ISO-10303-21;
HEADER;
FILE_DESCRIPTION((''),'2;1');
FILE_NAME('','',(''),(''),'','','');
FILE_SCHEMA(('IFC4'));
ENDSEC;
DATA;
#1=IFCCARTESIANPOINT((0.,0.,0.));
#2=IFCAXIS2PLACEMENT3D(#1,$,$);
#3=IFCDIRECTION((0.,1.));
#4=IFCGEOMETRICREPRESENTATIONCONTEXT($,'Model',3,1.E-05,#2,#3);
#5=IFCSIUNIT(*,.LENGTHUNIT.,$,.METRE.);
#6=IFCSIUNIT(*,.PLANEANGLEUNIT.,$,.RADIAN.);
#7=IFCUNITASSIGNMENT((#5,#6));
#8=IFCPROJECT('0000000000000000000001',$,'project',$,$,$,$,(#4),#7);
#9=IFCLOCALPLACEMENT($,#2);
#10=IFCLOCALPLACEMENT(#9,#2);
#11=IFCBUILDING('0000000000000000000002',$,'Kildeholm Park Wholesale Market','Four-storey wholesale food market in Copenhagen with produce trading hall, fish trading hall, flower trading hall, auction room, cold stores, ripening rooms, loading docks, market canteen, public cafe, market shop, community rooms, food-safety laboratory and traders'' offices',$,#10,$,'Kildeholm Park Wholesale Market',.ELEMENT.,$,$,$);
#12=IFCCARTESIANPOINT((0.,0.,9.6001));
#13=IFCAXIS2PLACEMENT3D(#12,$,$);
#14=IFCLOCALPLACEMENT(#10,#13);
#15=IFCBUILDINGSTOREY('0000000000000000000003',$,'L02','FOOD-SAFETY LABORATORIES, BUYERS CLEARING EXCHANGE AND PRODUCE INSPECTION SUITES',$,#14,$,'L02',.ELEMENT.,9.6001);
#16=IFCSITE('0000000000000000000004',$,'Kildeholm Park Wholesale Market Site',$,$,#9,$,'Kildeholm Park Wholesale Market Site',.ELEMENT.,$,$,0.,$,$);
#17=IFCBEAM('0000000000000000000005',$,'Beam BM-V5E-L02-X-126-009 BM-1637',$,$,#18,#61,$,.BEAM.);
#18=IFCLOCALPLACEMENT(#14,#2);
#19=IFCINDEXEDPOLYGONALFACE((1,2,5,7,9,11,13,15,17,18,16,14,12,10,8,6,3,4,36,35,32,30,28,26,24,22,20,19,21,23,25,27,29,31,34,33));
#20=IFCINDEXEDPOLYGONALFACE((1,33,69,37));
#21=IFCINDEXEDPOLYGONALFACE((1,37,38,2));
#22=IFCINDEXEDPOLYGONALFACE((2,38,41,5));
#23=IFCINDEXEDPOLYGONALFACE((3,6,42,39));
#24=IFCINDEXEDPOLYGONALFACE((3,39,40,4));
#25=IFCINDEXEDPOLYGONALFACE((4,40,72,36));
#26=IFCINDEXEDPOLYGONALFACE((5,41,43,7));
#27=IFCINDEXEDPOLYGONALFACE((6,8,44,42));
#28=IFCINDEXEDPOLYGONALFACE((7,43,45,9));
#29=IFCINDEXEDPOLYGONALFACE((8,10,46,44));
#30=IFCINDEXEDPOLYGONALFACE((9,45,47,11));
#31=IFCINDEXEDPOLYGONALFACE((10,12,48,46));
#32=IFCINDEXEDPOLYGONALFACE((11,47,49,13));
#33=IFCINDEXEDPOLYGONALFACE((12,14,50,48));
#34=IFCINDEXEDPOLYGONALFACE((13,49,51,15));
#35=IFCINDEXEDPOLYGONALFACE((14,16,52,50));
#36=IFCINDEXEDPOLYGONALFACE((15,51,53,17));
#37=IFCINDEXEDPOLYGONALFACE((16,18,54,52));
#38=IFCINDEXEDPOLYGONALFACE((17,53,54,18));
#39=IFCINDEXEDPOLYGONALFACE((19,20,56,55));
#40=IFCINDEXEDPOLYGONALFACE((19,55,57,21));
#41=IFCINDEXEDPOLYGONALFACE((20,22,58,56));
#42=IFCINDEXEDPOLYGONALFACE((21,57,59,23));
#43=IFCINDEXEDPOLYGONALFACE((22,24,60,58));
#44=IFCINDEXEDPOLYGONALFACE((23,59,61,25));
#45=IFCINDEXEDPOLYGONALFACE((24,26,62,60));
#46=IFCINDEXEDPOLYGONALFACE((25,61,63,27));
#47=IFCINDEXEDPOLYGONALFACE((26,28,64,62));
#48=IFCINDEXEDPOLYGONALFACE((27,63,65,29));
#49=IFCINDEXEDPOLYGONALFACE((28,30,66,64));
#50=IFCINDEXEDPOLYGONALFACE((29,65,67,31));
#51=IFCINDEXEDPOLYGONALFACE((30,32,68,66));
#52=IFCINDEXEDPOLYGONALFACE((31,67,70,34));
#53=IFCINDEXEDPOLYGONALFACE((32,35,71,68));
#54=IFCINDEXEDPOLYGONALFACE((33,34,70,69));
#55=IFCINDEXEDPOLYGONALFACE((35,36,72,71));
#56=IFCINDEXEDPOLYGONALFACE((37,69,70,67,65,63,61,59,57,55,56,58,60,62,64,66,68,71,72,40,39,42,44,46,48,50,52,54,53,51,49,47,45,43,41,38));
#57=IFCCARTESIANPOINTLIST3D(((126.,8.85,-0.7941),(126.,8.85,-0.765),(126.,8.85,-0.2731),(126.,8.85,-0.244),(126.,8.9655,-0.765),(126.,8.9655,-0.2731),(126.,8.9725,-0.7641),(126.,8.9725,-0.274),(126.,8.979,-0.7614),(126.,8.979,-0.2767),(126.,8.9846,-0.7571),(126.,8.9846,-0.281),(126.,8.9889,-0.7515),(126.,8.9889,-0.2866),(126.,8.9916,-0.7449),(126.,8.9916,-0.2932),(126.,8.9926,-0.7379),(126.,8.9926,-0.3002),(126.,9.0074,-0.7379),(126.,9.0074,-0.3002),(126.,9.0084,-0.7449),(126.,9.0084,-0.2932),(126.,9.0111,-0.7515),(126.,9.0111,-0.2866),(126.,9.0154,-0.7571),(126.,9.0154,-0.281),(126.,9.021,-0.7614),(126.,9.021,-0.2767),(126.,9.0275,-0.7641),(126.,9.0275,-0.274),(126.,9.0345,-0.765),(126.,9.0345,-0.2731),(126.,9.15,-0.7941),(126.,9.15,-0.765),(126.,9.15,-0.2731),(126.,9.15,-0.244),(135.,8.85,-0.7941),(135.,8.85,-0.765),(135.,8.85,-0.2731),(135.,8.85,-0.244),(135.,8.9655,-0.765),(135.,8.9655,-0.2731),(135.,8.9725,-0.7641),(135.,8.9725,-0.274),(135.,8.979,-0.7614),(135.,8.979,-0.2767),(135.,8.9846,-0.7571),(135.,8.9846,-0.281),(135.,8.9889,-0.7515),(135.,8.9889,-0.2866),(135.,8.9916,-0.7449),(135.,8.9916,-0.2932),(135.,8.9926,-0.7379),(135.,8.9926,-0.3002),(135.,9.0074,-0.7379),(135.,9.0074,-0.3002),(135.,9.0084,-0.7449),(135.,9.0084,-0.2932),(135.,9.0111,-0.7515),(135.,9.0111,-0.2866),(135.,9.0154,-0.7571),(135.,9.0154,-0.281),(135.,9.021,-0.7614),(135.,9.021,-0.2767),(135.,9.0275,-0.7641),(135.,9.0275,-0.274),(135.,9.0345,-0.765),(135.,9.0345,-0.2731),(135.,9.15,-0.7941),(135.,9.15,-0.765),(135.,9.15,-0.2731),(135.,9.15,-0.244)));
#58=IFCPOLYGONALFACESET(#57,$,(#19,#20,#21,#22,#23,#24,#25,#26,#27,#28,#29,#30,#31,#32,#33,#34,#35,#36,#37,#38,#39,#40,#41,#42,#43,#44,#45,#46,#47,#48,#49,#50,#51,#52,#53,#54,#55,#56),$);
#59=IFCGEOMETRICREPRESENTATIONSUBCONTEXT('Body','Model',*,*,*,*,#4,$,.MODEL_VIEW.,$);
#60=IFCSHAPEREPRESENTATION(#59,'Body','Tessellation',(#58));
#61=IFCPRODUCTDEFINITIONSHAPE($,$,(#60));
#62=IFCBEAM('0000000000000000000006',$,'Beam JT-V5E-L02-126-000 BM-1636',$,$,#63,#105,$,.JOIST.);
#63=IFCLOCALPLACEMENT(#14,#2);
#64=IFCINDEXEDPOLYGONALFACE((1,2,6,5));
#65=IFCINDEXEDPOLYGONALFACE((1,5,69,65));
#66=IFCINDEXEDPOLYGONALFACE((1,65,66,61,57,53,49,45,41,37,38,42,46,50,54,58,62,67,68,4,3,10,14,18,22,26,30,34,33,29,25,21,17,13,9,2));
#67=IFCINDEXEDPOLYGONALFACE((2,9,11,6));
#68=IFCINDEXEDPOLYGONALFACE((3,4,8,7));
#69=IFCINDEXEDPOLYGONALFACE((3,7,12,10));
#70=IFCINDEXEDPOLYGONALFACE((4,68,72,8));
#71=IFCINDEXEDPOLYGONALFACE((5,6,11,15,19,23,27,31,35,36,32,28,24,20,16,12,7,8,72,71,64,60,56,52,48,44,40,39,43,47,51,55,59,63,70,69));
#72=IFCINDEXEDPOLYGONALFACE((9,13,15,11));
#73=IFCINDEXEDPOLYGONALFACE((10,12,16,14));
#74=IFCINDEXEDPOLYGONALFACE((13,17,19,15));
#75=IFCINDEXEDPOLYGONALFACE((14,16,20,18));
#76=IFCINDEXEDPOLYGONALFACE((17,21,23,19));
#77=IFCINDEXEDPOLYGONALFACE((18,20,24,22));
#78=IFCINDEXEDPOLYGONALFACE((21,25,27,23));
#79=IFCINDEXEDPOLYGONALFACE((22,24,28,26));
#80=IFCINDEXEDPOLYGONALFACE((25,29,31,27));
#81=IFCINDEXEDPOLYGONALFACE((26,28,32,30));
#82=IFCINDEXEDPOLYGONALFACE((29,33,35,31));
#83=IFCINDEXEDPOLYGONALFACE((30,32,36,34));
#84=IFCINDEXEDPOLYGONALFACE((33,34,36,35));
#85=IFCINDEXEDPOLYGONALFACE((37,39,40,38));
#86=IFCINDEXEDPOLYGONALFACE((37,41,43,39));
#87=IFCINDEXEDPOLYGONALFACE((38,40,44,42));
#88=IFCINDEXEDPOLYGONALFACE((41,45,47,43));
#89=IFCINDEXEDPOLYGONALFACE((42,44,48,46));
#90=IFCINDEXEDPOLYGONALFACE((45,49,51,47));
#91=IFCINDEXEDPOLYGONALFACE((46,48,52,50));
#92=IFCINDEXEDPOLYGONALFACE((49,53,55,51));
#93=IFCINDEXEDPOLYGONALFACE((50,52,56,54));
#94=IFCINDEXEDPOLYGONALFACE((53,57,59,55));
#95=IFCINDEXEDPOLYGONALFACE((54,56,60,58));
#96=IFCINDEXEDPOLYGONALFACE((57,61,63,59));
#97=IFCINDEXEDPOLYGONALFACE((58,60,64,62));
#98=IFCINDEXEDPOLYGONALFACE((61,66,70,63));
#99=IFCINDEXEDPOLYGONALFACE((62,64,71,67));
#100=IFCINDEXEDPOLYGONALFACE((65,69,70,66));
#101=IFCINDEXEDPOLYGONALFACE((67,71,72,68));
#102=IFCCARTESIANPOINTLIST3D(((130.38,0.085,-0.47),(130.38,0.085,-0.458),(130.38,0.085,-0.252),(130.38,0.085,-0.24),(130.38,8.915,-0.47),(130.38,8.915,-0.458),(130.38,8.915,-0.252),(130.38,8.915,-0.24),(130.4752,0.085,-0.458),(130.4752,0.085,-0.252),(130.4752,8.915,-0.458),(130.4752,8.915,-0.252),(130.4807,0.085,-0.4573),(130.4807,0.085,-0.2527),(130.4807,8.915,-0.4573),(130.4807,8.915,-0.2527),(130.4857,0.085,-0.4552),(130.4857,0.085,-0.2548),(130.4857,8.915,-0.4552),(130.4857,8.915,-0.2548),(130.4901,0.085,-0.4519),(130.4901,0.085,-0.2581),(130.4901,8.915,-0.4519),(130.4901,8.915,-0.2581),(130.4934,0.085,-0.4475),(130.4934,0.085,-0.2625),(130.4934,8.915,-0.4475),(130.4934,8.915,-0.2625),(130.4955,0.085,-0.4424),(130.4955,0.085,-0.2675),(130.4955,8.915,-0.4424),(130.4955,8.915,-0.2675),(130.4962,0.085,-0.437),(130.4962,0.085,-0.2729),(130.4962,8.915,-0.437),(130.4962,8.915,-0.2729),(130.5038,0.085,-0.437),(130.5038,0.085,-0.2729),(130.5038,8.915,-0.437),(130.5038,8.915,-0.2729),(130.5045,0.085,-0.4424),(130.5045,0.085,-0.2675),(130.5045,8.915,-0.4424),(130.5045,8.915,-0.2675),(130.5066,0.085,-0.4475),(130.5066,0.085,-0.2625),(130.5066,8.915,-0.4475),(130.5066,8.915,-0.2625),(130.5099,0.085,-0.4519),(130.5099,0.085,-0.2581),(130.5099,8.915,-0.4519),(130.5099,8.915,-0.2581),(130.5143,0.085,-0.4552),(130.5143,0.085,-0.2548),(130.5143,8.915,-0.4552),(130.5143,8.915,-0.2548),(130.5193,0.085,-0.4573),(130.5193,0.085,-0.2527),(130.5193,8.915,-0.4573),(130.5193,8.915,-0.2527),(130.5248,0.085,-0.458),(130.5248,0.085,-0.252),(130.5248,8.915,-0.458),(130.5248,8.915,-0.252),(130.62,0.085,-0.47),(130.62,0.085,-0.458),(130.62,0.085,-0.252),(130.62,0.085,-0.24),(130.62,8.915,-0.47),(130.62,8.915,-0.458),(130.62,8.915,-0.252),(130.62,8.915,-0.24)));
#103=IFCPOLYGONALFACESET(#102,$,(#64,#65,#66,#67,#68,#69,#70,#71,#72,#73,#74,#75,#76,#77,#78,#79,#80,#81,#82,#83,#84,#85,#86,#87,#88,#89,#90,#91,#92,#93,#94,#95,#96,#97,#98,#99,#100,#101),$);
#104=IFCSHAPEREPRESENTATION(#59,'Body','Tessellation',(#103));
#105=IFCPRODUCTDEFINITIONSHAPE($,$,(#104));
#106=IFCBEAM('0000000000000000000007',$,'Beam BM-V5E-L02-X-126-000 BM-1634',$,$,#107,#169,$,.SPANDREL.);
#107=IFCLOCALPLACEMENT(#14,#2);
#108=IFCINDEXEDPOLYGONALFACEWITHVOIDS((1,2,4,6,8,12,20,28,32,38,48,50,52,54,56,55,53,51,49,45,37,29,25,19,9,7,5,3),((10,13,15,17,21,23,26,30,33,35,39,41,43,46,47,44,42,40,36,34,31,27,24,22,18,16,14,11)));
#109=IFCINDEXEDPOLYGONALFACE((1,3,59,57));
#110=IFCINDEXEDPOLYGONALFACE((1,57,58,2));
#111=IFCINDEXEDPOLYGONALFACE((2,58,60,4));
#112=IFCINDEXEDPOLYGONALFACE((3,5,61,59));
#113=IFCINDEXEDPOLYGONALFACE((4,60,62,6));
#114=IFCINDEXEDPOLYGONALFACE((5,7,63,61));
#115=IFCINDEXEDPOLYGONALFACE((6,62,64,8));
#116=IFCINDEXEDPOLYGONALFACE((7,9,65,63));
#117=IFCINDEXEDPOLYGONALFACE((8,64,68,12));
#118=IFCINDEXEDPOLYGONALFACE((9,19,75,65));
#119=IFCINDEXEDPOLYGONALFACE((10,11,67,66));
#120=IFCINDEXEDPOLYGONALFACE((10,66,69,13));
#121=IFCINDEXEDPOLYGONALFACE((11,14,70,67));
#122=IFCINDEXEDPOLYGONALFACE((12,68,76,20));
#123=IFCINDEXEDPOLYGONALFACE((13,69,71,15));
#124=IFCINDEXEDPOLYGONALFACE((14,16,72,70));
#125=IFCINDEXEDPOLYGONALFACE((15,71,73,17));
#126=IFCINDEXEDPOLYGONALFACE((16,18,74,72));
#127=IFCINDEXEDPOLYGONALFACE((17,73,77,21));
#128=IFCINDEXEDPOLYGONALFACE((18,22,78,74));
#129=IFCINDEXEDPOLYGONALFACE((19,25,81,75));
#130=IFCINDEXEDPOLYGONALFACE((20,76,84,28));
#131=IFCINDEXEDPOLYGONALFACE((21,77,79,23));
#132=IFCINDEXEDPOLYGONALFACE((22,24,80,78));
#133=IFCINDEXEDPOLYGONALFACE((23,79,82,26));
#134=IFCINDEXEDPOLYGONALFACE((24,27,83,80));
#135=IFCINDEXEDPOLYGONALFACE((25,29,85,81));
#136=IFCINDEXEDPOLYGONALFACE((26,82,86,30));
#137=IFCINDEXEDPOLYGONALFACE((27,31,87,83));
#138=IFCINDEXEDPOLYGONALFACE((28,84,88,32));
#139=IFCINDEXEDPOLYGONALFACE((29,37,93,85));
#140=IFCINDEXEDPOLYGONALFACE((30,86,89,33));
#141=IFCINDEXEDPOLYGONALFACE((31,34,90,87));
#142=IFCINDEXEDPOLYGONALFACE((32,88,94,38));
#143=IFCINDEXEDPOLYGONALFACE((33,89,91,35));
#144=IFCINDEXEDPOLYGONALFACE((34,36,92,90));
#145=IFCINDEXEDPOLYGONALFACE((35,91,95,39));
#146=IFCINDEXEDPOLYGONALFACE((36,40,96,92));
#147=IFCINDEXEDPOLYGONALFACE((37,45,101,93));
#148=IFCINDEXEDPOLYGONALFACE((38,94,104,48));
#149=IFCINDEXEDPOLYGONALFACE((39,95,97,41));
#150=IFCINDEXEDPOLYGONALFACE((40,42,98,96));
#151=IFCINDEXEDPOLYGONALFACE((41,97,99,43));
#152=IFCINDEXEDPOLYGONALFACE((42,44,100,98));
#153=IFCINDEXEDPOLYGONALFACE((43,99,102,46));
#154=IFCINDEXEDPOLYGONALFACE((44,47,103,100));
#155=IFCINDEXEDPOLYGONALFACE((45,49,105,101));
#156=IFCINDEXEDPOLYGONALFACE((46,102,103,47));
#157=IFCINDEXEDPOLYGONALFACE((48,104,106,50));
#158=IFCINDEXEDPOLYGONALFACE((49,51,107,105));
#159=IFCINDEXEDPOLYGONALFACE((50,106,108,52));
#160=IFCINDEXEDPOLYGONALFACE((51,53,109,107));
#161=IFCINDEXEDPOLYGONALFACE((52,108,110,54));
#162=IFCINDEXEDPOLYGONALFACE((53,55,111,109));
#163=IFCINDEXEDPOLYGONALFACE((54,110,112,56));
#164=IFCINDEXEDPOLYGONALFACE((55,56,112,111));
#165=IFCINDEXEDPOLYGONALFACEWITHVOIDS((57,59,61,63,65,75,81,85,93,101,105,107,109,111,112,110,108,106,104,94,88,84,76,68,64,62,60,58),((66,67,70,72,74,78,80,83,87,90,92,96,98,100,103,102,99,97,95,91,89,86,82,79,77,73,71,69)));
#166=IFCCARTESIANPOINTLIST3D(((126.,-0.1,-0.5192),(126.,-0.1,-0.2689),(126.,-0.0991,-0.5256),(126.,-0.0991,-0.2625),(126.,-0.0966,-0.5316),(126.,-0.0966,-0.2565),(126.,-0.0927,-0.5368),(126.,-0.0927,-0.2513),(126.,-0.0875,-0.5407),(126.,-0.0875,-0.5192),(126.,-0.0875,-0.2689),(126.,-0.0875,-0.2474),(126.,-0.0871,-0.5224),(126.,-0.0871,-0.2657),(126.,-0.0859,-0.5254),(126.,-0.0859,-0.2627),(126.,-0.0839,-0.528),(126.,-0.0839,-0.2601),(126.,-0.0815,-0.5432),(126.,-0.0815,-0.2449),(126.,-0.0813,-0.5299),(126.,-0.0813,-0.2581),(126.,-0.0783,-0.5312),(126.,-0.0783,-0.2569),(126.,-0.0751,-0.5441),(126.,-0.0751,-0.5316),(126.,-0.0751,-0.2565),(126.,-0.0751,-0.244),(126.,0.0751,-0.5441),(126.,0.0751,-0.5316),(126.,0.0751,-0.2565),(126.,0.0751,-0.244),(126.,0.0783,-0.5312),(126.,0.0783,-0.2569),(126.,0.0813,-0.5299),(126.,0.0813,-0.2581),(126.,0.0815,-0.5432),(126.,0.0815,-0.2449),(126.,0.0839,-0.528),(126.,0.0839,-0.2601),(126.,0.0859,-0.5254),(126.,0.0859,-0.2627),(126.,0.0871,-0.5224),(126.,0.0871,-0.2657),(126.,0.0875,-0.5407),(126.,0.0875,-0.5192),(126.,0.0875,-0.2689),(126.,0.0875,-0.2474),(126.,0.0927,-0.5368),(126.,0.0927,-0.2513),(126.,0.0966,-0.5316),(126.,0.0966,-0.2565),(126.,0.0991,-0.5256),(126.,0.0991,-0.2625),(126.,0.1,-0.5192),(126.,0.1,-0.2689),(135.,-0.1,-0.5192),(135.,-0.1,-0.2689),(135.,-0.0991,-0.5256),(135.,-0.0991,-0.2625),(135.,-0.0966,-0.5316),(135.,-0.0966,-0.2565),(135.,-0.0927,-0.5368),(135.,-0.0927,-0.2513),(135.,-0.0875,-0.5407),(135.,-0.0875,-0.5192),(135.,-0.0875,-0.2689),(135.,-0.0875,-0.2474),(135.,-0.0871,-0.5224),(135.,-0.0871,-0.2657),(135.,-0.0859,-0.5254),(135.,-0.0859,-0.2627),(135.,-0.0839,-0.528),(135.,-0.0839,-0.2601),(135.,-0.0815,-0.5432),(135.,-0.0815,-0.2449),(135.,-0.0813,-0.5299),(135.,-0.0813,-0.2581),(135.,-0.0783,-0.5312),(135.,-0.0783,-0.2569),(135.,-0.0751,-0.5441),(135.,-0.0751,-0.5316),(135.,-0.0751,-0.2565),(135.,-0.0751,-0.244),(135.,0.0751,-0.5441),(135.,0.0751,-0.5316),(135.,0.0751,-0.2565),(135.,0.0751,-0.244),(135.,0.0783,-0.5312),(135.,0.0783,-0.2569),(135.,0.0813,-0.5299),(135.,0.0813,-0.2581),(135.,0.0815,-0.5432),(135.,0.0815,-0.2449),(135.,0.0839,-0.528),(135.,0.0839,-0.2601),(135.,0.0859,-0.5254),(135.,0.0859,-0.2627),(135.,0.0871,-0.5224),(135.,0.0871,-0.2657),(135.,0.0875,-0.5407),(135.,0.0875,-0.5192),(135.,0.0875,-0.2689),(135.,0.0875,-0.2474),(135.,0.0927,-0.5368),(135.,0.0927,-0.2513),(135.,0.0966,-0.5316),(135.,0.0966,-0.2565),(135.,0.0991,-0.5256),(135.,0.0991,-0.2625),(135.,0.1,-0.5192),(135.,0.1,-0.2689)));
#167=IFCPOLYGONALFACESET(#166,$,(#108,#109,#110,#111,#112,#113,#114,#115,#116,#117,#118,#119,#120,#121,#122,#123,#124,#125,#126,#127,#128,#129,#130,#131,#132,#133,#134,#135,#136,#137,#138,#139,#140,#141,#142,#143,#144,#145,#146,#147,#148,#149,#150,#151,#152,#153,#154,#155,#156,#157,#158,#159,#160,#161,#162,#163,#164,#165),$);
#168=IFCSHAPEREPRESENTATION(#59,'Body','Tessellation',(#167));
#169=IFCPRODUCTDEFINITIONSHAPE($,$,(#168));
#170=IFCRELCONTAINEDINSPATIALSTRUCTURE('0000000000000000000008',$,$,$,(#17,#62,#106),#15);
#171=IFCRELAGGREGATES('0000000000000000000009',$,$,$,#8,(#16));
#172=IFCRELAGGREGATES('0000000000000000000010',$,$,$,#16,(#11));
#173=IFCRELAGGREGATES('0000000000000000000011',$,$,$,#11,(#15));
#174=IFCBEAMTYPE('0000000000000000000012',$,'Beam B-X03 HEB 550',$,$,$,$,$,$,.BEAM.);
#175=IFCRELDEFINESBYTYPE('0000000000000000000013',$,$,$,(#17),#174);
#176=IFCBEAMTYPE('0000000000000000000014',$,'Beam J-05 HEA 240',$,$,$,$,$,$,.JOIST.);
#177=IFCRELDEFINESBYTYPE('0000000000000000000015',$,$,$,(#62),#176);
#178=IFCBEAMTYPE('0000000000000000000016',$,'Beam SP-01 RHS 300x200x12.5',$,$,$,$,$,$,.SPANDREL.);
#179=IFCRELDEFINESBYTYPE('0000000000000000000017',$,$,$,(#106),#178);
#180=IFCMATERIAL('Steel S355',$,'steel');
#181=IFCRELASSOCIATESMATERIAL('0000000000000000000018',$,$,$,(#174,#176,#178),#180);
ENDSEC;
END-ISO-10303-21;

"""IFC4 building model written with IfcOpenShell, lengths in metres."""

from ifc_helpers import new_model, si_unit, direction, frame, origin, origin_2d, place, context, subcontext, project, spatial, hollow_rectangle, i_section, extrude, material, material_profile, profile_set, type_object, element, save


model = new_model("IFC4")

# Units and contexts
model_context = context("Model", 3, precision=1e-05, world=origin(), true_north=direction((0.0, 1.0)))
body_context = subcontext(model_context, "Body", "Model", "MODEL_VIEW")
ifc_project = project(units=[si_unit("LENGTHUNIT", "METRE"), si_unit("PLANEANGLEUNIT", "RADIAN")], contexts=[model_context])

# Site, building, storey
site_placement = place(None, origin())
site = spatial("IfcSite", under=ifc_project, at=site_placement, Name="Kildeholm Park Wholesale Market Site", LongName="Kildeholm Park Wholesale Market Site", CompositionType="ELEMENT", RefElevation=0.0)
building_placement = place(site_placement, origin())
building = spatial("IfcBuilding", under=site, at=building_placement, Name="Kildeholm Park Wholesale Market", Description="Four-storey wholesale food market in Copenhagen with produce trading hall, fish trading hall, flower trading hall, auction room, cold stores, ripening rooms, loading docks, market canteen, public cafe, market shop, community rooms, food-safety laboratory and traders' offices", LongName="Kildeholm Park Wholesale Market", CompositionType="ELEMENT")
storey_placement = place(building_placement, frame((0.0, 0.0, 9.6001)))
storey = spatial("IfcBuildingStorey", under=building, at=storey_placement, Name="L02", Description="FOOD-SAFETY LABORATORIES, BUYERS CLEARING EXCHANGE AND PRODUCE INSPECTION SUITES", LongName="L02", CompositionType="ELEMENT", Elevation=9.6001)

# Shared definitions
ifc_material_1 = material(Name="Steel S355", Category="steel")

# Beams
ifc_material_profile_1 = material_profile(ifc_material_1, i_section(OverallWidth=0.3, OverallDepth=0.55, WebThickness=0.0149, FlangeThickness=0.0291, FilletRadius=0.0271, at=origin_2d()), Name="HEB 550")
ifc_profile_set_1 = profile_set([ifc_material_profile_1], Name="Steel S355")
beam_type_1 = type_object("IfcBeamType", Name="Beam B-X03 HEB 550", PredefinedType="BEAM", material=ifc_profile_set_1)
beam_1_placement = place(storey_placement, frame((126.0, 9.0, -0.519), z_axis=(1.0, 0.0, 0.0), x_axis=(0.0, 1.0, 0.0)))
element("IfcBeam", 1, at=beam_1_placement, inside=storey, type_object=beam_type_1, Name="Beam BM-V5E-L02-X-126-009 BM-1637", PredefinedType="BEAM", context=body_context, shape_type="SweptSolid", body=[
    extrude(i_section(OverallWidth=0.3, OverallDepth=0.55, WebThickness=0.0149, FlangeThickness=0.0291, FilletRadius=0.0271, at=origin_2d()), origin(), (0.0, 0.0, 1.0), 9.0),
])
ifc_material_profile_2 = material_profile(ifc_material_1, i_section(OverallWidth=0.24, OverallDepth=0.23, WebThickness=0.0076, FlangeThickness=0.012, FilletRadius=0.021, at=origin_2d()), Name="HEA 240")
ifc_profile_set_2 = profile_set([ifc_material_profile_2], Name="Steel S355")
beam_type_2 = type_object("IfcBeamType", Name="Beam J-05 HEA 240", PredefinedType="JOIST", material=ifc_profile_set_2)
beam_2_placement = place(storey_placement, frame((130.5, 0.085, -0.355), z_axis=(0.0, 1.0, 0.0), x_axis=(-1.0, 0.0, 0.0)))
element("IfcBeam", 2, at=beam_2_placement, inside=storey, type_object=beam_type_2, Name="Beam JT-V5E-L02-126-000 BM-1636", PredefinedType="JOIST", context=body_context, shape_type="SweptSolid", body=[
    extrude(i_section(OverallWidth=0.24, OverallDepth=0.23, WebThickness=0.0076, FlangeThickness=0.012, FilletRadius=0.021, at=origin_2d()), origin(), (0.0, 0.0, 1.0), 8.8301),
])
ifc_material_profile_3 = material_profile(ifc_material_1, hollow_rectangle(XDim=0.2, YDim=0.3, WallThickness=0.0125, InnerFilletRadius=0.0125, OuterFilletRadius=0.0249, at=origin_2d()), Name="RHS 300x200x12.5")
ifc_profile_set_3 = profile_set([ifc_material_profile_3], Name="Steel S355")
beam_type_3 = type_object("IfcBeamType", Name="Beam SP-01 RHS 300x200x12.5", PredefinedType="SPANDREL", material=ifc_profile_set_3)
for number, where, z_axis, x_axis, name in (
    (3, (126.0, 0.0, -0.394), (1.0, 0.0, 0.0), (0.0, 1.0, 0.0), "Beam BM-V5E-L02-X-126-000 BM-1634"),
):
    element("IfcBeam", number, at=place(storey_placement, frame(where, z_axis=z_axis, x_axis=x_axis)), inside=storey, type_object=beam_type_3, Name=name, PredefinedType="SPANDREL", context=body_context, shape_type="SweptSolid", body=[
        extrude(hollow_rectangle(XDim=0.2, YDim=0.3, WallThickness=0.0125, InnerFilletRadius=0.0125, OuterFilletRadius=0.0249, at=origin_2d()), origin(), (0.0, 0.0, 1.0), 9.0),
    ])

save(model, "model.ifc")
